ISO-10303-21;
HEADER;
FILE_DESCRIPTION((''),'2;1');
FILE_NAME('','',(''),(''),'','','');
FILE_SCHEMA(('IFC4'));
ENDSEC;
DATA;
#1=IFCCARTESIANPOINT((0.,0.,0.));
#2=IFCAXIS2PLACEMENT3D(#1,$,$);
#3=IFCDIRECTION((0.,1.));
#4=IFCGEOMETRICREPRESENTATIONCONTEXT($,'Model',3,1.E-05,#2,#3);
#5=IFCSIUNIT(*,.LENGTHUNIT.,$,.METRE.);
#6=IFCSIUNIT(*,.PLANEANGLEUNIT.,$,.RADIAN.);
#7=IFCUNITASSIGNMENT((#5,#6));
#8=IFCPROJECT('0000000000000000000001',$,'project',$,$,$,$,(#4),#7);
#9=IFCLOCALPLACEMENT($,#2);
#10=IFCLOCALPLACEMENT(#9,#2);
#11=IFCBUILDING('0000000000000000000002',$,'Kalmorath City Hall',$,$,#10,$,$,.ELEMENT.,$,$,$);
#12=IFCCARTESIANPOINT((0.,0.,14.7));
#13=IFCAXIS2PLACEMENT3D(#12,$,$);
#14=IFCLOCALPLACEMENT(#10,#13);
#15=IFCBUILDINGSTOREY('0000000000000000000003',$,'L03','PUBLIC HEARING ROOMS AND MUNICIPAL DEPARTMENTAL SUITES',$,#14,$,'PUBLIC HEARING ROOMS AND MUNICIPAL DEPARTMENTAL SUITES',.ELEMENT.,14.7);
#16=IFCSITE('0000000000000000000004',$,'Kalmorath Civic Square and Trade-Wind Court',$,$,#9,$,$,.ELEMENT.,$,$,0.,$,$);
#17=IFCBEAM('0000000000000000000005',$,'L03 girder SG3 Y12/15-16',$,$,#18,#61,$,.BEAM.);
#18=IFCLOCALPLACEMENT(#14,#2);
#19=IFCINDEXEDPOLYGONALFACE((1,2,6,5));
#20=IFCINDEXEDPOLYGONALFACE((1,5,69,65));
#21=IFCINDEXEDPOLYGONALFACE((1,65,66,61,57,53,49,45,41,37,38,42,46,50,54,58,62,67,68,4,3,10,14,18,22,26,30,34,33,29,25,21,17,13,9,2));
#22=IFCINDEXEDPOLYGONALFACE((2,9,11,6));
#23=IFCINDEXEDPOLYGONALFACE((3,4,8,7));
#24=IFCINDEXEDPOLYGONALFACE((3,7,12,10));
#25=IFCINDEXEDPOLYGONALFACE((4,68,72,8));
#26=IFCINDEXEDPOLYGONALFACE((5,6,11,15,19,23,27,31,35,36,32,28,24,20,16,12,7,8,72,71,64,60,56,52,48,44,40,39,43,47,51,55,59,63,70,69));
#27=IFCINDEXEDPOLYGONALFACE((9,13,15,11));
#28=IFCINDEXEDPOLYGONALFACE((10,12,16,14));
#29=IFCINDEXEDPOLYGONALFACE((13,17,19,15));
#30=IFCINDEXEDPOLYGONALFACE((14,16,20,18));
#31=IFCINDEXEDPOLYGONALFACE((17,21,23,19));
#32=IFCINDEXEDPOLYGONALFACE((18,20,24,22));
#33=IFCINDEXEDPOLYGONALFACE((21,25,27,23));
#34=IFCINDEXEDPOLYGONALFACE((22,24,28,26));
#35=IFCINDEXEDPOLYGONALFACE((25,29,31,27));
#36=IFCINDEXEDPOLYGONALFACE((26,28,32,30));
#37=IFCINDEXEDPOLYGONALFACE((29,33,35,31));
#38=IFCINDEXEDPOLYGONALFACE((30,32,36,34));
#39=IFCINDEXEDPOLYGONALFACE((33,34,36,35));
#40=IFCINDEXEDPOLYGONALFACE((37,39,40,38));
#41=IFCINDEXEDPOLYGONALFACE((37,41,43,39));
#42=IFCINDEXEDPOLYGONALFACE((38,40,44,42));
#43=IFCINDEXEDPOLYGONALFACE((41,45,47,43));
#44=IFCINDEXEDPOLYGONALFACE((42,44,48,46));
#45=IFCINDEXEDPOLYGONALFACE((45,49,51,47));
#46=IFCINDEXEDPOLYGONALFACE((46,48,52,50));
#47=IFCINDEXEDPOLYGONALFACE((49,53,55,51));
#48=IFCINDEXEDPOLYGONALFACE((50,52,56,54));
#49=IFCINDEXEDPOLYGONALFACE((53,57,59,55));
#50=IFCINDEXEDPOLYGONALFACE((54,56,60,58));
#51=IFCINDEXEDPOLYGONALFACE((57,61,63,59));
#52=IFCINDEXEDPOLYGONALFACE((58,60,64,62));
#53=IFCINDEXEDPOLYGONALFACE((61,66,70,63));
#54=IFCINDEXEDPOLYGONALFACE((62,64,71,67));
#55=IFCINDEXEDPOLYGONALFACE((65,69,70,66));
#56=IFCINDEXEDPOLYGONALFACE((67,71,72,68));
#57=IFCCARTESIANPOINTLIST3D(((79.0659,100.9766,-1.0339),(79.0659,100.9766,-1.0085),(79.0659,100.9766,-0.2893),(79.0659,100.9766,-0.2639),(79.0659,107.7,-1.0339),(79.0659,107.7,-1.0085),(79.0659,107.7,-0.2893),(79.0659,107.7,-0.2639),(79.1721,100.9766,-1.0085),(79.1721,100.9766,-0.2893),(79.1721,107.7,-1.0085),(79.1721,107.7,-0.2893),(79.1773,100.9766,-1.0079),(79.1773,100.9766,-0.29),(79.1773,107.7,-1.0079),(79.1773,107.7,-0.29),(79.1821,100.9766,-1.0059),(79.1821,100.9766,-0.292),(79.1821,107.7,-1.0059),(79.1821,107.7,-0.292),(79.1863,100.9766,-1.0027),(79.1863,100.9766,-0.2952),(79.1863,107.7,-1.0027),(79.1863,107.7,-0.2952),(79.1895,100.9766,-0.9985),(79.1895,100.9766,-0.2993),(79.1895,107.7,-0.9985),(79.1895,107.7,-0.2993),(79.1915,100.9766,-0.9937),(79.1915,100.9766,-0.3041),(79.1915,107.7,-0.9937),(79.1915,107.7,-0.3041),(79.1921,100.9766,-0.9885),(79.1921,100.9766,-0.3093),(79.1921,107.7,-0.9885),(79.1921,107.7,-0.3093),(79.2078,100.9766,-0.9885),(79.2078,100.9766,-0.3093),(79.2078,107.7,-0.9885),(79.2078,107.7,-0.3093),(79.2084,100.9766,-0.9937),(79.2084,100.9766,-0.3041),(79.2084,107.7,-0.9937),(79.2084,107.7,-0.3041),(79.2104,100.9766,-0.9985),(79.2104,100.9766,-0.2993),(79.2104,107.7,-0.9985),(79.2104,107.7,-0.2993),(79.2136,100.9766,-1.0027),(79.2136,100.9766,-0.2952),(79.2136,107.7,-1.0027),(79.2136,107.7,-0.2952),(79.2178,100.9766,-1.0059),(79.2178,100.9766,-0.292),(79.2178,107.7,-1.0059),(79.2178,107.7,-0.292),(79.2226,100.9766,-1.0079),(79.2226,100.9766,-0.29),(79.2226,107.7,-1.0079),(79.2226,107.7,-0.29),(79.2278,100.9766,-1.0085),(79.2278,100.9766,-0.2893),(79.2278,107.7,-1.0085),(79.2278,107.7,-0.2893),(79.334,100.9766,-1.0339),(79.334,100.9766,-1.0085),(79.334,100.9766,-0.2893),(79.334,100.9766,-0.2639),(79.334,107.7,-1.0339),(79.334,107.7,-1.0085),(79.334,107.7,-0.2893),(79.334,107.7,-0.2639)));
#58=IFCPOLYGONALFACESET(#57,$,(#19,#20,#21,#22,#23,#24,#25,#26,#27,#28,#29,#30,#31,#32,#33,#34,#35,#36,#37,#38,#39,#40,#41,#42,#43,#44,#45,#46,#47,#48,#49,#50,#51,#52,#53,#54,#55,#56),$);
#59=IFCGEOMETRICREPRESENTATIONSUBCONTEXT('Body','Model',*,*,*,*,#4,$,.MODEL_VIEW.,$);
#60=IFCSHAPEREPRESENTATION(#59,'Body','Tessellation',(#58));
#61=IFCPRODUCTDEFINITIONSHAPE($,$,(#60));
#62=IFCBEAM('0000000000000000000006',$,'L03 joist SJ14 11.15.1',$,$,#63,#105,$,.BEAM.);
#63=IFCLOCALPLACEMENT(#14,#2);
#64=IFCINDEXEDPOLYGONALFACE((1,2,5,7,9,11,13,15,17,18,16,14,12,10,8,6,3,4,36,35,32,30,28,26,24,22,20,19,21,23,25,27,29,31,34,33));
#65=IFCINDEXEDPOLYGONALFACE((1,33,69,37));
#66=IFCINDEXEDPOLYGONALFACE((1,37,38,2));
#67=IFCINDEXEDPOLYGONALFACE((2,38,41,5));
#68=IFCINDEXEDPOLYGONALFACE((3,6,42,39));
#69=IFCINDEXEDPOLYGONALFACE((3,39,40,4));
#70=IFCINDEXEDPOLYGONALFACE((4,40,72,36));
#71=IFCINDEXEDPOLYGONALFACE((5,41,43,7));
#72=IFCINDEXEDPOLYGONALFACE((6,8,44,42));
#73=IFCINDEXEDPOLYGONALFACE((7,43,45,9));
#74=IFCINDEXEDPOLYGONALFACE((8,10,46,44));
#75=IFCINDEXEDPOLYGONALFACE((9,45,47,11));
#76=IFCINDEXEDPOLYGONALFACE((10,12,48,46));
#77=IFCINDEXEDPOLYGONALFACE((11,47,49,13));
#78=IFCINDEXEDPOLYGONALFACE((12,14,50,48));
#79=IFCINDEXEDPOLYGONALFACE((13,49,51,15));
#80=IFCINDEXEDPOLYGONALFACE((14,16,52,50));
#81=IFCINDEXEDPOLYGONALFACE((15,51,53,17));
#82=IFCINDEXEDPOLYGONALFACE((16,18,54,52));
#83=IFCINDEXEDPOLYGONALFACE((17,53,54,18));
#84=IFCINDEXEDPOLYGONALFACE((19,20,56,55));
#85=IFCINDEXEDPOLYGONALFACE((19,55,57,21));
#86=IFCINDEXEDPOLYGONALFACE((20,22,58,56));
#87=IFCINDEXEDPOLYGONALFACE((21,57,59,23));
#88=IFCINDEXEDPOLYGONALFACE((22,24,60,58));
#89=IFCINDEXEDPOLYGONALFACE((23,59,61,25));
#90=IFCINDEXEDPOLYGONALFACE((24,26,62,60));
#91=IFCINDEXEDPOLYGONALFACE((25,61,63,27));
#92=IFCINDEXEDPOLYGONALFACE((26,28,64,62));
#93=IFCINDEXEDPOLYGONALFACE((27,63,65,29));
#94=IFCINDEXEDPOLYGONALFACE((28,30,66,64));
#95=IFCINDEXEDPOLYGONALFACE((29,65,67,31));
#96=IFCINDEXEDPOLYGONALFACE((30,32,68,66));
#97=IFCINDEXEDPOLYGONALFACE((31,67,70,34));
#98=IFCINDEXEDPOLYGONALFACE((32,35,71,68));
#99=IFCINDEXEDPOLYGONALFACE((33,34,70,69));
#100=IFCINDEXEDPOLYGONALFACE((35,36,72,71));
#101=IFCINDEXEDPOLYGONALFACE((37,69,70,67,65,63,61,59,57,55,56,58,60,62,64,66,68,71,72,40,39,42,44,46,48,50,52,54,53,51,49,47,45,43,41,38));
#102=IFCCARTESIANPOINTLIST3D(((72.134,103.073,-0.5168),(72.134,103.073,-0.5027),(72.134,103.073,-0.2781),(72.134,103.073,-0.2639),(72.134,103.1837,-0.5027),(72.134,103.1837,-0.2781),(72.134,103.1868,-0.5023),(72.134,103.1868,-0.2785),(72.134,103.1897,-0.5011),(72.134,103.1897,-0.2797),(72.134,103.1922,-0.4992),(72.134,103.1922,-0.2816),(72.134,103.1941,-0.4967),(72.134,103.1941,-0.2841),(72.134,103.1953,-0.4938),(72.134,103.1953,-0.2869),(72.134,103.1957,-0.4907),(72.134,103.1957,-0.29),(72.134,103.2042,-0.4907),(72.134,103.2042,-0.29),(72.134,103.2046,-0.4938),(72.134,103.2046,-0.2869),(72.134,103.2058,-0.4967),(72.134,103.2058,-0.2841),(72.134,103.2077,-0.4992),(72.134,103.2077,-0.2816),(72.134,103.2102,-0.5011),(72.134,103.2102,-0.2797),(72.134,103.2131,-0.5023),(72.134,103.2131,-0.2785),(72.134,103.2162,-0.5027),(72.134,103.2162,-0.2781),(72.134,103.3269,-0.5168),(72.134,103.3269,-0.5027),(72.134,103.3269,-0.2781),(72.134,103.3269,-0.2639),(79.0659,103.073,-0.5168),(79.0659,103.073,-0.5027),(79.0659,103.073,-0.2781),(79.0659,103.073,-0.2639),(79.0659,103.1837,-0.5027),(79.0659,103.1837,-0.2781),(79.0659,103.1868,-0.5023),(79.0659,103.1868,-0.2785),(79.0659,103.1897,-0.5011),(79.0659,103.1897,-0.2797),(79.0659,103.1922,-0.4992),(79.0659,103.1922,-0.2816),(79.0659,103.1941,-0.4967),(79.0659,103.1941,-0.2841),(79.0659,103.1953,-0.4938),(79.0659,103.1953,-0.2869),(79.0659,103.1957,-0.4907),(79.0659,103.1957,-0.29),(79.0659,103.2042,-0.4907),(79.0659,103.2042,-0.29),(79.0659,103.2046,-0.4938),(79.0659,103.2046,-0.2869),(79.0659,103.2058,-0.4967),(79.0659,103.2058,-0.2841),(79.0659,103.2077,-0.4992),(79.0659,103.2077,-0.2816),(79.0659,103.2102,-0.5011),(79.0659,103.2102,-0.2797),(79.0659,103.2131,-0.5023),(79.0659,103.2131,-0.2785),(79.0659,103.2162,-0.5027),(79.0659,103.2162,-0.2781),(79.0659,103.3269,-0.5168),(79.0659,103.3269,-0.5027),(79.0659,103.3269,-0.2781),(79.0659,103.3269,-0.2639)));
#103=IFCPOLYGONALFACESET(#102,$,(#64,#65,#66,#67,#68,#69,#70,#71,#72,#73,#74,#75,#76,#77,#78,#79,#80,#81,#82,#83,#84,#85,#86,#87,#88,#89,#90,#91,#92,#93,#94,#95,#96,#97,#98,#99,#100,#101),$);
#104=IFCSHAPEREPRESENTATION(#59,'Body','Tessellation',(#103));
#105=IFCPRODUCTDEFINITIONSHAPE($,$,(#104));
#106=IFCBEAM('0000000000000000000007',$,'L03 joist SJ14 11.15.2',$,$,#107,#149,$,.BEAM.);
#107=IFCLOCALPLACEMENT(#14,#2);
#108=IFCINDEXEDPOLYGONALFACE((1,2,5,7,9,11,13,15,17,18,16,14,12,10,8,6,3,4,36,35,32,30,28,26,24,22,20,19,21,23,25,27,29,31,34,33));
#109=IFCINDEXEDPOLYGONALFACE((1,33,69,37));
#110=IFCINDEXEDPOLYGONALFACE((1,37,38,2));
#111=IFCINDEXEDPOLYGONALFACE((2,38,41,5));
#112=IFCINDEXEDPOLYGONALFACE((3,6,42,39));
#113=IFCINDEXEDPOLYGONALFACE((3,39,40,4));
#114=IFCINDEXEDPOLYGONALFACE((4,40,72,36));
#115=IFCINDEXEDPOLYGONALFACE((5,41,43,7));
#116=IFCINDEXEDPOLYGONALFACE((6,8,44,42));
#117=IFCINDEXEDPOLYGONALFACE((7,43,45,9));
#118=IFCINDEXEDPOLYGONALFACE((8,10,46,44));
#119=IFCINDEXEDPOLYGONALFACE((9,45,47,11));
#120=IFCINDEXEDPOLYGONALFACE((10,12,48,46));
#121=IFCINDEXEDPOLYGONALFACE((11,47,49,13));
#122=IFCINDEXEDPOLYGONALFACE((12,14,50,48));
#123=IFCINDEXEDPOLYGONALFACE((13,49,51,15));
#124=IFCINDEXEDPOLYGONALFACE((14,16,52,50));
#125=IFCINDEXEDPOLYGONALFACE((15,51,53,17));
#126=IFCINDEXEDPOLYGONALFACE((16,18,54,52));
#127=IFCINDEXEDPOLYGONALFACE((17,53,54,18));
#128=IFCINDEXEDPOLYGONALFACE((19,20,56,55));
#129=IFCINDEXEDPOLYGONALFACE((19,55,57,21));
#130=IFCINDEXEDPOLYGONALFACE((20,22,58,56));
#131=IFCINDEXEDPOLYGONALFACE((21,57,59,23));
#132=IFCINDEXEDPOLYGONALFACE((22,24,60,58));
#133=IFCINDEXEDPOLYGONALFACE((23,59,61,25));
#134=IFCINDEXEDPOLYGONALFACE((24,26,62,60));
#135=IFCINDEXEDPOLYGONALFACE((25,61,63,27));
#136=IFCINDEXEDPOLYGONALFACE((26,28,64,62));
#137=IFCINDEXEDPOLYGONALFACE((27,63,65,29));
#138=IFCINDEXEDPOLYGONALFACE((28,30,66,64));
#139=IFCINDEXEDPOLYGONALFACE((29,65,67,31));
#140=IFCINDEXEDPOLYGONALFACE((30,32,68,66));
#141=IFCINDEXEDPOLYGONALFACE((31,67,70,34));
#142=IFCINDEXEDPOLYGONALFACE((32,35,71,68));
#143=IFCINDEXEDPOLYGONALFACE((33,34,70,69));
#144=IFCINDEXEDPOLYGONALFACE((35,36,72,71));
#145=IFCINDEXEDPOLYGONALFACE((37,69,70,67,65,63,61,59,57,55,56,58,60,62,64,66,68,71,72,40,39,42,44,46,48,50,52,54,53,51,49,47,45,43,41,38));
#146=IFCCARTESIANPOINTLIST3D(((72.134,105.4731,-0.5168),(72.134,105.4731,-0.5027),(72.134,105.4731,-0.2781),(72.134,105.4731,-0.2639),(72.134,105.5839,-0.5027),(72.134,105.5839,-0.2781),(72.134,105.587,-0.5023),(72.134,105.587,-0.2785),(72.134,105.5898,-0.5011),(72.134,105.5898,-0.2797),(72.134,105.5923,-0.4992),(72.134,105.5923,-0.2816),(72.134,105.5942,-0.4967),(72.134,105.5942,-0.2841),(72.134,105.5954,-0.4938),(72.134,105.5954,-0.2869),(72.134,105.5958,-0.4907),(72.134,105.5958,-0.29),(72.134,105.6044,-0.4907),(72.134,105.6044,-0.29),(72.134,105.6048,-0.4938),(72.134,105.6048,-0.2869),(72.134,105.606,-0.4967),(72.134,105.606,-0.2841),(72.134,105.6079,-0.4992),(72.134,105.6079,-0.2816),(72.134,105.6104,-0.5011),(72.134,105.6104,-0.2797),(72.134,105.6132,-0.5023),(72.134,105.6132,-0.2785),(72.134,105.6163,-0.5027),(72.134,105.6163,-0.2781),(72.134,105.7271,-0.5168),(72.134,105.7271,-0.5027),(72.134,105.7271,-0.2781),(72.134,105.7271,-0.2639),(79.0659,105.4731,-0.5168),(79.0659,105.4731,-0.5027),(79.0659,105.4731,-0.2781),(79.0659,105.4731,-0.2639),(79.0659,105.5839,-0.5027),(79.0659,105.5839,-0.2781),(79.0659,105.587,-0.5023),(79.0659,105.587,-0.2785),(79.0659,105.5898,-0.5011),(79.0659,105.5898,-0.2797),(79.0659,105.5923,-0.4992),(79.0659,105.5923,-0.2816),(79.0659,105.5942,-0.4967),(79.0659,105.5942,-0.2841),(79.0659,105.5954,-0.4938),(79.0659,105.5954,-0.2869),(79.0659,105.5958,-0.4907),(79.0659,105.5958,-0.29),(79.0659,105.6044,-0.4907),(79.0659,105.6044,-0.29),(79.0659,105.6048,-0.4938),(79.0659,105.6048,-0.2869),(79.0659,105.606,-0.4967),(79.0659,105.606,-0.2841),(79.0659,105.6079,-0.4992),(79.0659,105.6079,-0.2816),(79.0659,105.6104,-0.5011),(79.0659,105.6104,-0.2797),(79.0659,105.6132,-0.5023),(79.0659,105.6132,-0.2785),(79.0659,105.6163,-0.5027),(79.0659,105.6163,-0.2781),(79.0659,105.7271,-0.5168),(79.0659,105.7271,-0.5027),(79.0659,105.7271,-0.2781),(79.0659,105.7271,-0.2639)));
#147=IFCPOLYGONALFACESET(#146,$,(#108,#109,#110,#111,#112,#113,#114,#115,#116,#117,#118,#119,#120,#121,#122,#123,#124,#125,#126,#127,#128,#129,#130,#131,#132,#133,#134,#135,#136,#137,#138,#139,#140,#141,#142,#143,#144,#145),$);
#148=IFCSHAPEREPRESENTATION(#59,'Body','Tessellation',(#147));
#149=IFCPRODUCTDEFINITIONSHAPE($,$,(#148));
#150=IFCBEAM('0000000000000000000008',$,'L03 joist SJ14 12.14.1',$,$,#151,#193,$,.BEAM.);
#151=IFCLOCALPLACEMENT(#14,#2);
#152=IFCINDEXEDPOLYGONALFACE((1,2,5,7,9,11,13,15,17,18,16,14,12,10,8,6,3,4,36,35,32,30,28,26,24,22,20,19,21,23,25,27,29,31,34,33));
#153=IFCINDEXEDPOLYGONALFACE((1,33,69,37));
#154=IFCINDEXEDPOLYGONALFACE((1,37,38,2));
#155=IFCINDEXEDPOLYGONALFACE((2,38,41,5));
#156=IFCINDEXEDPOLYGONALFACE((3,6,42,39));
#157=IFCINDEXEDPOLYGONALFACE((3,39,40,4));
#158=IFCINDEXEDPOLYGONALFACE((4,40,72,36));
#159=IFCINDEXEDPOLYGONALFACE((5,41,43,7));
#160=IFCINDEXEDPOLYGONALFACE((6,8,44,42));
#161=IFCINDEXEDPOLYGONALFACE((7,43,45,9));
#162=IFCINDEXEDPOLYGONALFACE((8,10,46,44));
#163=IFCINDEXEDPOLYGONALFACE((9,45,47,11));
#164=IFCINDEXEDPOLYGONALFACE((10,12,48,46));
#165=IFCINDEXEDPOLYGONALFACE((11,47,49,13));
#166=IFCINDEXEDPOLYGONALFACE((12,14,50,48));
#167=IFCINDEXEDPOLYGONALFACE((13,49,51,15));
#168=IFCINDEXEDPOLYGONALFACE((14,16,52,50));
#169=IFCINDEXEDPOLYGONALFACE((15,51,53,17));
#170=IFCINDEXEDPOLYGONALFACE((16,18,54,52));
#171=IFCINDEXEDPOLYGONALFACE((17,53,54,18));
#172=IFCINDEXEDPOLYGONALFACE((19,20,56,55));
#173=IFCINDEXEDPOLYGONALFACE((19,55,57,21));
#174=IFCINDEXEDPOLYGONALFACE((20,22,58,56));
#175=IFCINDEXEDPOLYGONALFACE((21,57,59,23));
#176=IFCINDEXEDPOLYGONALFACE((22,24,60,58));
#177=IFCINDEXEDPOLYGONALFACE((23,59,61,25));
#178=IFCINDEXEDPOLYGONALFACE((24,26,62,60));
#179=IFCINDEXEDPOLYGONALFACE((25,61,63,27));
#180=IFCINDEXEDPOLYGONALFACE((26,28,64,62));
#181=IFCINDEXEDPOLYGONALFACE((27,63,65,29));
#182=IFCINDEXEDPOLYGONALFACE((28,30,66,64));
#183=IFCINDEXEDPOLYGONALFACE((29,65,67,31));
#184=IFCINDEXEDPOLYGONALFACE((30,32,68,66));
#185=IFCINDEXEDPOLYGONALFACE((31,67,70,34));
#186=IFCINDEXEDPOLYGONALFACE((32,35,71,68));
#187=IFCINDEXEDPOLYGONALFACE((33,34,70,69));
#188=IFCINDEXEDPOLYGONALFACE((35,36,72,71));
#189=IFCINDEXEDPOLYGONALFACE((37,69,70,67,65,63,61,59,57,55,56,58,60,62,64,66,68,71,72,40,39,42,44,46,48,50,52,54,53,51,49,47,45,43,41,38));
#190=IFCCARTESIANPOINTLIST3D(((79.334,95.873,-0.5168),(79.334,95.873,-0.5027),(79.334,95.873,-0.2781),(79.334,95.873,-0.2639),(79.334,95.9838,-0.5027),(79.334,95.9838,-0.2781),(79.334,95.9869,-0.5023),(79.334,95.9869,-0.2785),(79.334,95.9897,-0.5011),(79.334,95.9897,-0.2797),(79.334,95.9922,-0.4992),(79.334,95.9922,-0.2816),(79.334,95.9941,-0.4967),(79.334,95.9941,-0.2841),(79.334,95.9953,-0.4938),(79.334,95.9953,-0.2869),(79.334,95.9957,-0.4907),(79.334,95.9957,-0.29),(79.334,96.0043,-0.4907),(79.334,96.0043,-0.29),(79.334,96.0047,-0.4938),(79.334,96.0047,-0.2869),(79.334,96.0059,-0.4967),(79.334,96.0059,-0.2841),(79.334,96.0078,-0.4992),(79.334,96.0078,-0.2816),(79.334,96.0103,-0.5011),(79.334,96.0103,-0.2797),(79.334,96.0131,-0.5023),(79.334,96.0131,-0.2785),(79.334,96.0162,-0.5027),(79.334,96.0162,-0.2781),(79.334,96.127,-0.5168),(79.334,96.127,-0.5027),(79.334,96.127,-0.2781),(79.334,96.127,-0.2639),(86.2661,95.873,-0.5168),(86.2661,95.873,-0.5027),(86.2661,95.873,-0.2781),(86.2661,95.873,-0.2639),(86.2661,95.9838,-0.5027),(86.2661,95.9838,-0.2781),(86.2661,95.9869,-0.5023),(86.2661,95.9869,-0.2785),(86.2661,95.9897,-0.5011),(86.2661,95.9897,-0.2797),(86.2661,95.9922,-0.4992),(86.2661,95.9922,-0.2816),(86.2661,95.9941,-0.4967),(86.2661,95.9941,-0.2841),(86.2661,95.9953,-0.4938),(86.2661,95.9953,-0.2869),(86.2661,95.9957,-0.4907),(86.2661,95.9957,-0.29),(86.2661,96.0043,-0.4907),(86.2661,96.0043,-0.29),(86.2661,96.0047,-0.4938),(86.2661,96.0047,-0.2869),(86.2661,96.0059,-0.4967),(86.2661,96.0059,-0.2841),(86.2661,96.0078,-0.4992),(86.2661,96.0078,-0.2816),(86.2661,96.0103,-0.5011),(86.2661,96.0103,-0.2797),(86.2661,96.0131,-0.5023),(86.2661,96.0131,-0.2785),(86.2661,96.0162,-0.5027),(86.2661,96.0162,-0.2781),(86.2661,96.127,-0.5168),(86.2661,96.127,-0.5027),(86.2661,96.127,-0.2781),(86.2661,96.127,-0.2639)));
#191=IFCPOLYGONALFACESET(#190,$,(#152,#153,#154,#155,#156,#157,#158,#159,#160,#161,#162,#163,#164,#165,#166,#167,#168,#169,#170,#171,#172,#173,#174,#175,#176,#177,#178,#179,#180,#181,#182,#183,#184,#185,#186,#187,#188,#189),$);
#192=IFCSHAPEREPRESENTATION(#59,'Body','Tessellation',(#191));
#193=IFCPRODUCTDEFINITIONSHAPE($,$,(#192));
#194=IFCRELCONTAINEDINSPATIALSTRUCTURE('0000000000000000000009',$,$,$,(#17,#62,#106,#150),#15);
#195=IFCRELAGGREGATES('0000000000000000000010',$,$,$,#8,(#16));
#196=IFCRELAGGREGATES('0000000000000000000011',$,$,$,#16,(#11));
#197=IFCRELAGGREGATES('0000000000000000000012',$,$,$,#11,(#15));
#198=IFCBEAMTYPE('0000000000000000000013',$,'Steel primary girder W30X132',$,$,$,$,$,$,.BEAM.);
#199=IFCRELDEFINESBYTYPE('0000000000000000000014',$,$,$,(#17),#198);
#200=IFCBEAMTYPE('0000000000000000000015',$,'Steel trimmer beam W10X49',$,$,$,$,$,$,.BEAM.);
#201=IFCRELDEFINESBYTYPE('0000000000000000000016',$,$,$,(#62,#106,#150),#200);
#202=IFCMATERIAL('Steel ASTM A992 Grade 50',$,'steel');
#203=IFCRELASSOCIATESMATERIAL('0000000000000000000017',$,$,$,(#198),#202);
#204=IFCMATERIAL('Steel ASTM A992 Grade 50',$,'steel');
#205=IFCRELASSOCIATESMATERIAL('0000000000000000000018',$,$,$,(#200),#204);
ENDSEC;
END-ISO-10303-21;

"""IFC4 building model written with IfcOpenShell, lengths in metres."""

from ifc_helpers import new_model, si_unit, direction, frame, origin, origin_2d, place, context, subcontext, project, spatial, i_section, extrude, material, material_profile, profile_set, type_object, element, save


model = new_model("IFC4")

# Units and contexts
model_context = context("Model", 3, precision=1e-05, world=origin(), true_north=direction((0.0, 1.0)))
body_context = subcontext(model_context, "Body", "Model", "MODEL_VIEW")
ifc_project = project(units=[si_unit("LENGTHUNIT", "METRE"), si_unit("PLANEANGLEUNIT", "RADIAN")], contexts=[model_context])

# Site, building, storey
site_placement = place(None, origin())
site = spatial("IfcSite", under=ifc_project, at=site_placement, Name="Kalmorath Civic Square and Trade-Wind Court", CompositionType="ELEMENT", RefElevation=0.0)
building_placement = place(site_placement, origin())
building = spatial("IfcBuilding", under=site, at=building_placement, Name="Kalmorath City Hall", CompositionType="ELEMENT")
storey_placement = place(building_placement, frame((0.0, 0.0, 14.7)))
storey = spatial("IfcBuildingStorey", under=building, at=storey_placement, Name="L03", Description="PUBLIC HEARING ROOMS AND MUNICIPAL DEPARTMENTAL SUITES", LongName="PUBLIC HEARING ROOMS AND MUNICIPAL DEPARTMENTAL SUITES", CompositionType="ELEMENT", Elevation=14.7)

# Beams
ifc_material_1 = material(Name="Steel ASTM A992 Grade 50", Category="steel")
ifc_material_profile_1 = material_profile(ifc_material_1, i_section(OverallWidth=0.2681, OverallDepth=0.77, WebThickness=0.0156, FlangeThickness=0.0254, FilletRadius=0.02, at=origin_2d()), Name="W30X132")
ifc_profile_set_1 = profile_set([ifc_material_profile_1], Name="Steel ASTM A992 Grade 50")
beam_type_1 = type_object("IfcBeamType", Name="Steel primary girder W30X132", PredefinedType="BEAM", material=ifc_profile_set_1)
beam_1_placement = place(storey_placement, frame((79.2, 100.9766, -0.6489), z_axis=(0.0, 1.0, 0.0), x_axis=(-1.0, 0.0, 0.0)))
element("IfcBeam", 1, at=beam_1_placement, inside=storey, type_object=beam_type_1, Name="L03 girder SG3 Y12/15-16", PredefinedType="BEAM", context=body_context, shape_type="SweptSolid", body=[
    extrude(i_section(OverallWidth=0.2681, OverallDepth=0.77, WebThickness=0.0156, FlangeThickness=0.0254, FilletRadius=0.02, at=origin_2d()), origin(), (0.0, 0.0, 1.0), 6.7234),
])
ifc_material_2 = material(Name="Steel ASTM A992 Grade 50", Category="steel")
ifc_material_profile_2 = material_profile(ifc_material_2, i_section(OverallWidth=0.2539, OverallDepth=0.2529, WebThickness=0.0085, FlangeThickness=0.0142, FilletRadius=0.012, at=origin_2d()), Name="W10X49")
ifc_profile_set_2 = profile_set([ifc_material_profile_2], Name="Steel ASTM A992 Grade 50")
beam_type_2 = type_object("IfcBeamType", Name="Steel trimmer beam W10X49", PredefinedType="BEAM", material=ifc_profile_set_2)
for number, where, z_axis, x_axis, name in (
    (2, (72.134, 103.2, -0.3904), (1.0, 0.0, 0.0), (0.0, 1.0, 0.0), "L03 joist SJ14 11.15.1"),
    (3, (72.134, 105.6001, -0.3904), (1.0, 0.0, 0.0), (0.0, 1.0, 0.0), "L03 joist SJ14 11.15.2"),
):
    element("IfcBeam", number, at=place(storey_placement, frame(where, z_axis=z_axis, x_axis=x_axis)), inside=storey, type_object=beam_type_2, Name=name, PredefinedType="BEAM", context=body_context, shape_type="SweptSolid", body=[
        extrude(i_section(OverallWidth=0.2539, OverallDepth=0.2529, WebThickness=0.0085, FlangeThickness=0.0142, FilletRadius=0.012, at=origin_2d()), origin(), (0.0, 0.0, 1.0), 6.9319),
    ])
for number, where, z_axis, x_axis, name in (
    (4, (79.334, 96.0, -0.3904), (1.0, 0.0, 0.0), (0.0, 1.0, 0.0), "L03 joist SJ14 12.14.1"),
):
    element("IfcBeam", number, at=place(storey_placement, frame(where, z_axis=z_axis, x_axis=x_axis)), inside=storey, type_object=beam_type_2, Name=name, PredefinedType="BEAM", context=body_context, shape_type="SweptSolid", body=[
        extrude(i_section(OverallWidth=0.2539, OverallDepth=0.2529, WebThickness=0.0085, FlangeThickness=0.0142, FilletRadius=0.012, at=origin_2d()), origin(), (0.0, 0.0, 1.0), 6.9321),
    ])

save(model, "model.ifc")
